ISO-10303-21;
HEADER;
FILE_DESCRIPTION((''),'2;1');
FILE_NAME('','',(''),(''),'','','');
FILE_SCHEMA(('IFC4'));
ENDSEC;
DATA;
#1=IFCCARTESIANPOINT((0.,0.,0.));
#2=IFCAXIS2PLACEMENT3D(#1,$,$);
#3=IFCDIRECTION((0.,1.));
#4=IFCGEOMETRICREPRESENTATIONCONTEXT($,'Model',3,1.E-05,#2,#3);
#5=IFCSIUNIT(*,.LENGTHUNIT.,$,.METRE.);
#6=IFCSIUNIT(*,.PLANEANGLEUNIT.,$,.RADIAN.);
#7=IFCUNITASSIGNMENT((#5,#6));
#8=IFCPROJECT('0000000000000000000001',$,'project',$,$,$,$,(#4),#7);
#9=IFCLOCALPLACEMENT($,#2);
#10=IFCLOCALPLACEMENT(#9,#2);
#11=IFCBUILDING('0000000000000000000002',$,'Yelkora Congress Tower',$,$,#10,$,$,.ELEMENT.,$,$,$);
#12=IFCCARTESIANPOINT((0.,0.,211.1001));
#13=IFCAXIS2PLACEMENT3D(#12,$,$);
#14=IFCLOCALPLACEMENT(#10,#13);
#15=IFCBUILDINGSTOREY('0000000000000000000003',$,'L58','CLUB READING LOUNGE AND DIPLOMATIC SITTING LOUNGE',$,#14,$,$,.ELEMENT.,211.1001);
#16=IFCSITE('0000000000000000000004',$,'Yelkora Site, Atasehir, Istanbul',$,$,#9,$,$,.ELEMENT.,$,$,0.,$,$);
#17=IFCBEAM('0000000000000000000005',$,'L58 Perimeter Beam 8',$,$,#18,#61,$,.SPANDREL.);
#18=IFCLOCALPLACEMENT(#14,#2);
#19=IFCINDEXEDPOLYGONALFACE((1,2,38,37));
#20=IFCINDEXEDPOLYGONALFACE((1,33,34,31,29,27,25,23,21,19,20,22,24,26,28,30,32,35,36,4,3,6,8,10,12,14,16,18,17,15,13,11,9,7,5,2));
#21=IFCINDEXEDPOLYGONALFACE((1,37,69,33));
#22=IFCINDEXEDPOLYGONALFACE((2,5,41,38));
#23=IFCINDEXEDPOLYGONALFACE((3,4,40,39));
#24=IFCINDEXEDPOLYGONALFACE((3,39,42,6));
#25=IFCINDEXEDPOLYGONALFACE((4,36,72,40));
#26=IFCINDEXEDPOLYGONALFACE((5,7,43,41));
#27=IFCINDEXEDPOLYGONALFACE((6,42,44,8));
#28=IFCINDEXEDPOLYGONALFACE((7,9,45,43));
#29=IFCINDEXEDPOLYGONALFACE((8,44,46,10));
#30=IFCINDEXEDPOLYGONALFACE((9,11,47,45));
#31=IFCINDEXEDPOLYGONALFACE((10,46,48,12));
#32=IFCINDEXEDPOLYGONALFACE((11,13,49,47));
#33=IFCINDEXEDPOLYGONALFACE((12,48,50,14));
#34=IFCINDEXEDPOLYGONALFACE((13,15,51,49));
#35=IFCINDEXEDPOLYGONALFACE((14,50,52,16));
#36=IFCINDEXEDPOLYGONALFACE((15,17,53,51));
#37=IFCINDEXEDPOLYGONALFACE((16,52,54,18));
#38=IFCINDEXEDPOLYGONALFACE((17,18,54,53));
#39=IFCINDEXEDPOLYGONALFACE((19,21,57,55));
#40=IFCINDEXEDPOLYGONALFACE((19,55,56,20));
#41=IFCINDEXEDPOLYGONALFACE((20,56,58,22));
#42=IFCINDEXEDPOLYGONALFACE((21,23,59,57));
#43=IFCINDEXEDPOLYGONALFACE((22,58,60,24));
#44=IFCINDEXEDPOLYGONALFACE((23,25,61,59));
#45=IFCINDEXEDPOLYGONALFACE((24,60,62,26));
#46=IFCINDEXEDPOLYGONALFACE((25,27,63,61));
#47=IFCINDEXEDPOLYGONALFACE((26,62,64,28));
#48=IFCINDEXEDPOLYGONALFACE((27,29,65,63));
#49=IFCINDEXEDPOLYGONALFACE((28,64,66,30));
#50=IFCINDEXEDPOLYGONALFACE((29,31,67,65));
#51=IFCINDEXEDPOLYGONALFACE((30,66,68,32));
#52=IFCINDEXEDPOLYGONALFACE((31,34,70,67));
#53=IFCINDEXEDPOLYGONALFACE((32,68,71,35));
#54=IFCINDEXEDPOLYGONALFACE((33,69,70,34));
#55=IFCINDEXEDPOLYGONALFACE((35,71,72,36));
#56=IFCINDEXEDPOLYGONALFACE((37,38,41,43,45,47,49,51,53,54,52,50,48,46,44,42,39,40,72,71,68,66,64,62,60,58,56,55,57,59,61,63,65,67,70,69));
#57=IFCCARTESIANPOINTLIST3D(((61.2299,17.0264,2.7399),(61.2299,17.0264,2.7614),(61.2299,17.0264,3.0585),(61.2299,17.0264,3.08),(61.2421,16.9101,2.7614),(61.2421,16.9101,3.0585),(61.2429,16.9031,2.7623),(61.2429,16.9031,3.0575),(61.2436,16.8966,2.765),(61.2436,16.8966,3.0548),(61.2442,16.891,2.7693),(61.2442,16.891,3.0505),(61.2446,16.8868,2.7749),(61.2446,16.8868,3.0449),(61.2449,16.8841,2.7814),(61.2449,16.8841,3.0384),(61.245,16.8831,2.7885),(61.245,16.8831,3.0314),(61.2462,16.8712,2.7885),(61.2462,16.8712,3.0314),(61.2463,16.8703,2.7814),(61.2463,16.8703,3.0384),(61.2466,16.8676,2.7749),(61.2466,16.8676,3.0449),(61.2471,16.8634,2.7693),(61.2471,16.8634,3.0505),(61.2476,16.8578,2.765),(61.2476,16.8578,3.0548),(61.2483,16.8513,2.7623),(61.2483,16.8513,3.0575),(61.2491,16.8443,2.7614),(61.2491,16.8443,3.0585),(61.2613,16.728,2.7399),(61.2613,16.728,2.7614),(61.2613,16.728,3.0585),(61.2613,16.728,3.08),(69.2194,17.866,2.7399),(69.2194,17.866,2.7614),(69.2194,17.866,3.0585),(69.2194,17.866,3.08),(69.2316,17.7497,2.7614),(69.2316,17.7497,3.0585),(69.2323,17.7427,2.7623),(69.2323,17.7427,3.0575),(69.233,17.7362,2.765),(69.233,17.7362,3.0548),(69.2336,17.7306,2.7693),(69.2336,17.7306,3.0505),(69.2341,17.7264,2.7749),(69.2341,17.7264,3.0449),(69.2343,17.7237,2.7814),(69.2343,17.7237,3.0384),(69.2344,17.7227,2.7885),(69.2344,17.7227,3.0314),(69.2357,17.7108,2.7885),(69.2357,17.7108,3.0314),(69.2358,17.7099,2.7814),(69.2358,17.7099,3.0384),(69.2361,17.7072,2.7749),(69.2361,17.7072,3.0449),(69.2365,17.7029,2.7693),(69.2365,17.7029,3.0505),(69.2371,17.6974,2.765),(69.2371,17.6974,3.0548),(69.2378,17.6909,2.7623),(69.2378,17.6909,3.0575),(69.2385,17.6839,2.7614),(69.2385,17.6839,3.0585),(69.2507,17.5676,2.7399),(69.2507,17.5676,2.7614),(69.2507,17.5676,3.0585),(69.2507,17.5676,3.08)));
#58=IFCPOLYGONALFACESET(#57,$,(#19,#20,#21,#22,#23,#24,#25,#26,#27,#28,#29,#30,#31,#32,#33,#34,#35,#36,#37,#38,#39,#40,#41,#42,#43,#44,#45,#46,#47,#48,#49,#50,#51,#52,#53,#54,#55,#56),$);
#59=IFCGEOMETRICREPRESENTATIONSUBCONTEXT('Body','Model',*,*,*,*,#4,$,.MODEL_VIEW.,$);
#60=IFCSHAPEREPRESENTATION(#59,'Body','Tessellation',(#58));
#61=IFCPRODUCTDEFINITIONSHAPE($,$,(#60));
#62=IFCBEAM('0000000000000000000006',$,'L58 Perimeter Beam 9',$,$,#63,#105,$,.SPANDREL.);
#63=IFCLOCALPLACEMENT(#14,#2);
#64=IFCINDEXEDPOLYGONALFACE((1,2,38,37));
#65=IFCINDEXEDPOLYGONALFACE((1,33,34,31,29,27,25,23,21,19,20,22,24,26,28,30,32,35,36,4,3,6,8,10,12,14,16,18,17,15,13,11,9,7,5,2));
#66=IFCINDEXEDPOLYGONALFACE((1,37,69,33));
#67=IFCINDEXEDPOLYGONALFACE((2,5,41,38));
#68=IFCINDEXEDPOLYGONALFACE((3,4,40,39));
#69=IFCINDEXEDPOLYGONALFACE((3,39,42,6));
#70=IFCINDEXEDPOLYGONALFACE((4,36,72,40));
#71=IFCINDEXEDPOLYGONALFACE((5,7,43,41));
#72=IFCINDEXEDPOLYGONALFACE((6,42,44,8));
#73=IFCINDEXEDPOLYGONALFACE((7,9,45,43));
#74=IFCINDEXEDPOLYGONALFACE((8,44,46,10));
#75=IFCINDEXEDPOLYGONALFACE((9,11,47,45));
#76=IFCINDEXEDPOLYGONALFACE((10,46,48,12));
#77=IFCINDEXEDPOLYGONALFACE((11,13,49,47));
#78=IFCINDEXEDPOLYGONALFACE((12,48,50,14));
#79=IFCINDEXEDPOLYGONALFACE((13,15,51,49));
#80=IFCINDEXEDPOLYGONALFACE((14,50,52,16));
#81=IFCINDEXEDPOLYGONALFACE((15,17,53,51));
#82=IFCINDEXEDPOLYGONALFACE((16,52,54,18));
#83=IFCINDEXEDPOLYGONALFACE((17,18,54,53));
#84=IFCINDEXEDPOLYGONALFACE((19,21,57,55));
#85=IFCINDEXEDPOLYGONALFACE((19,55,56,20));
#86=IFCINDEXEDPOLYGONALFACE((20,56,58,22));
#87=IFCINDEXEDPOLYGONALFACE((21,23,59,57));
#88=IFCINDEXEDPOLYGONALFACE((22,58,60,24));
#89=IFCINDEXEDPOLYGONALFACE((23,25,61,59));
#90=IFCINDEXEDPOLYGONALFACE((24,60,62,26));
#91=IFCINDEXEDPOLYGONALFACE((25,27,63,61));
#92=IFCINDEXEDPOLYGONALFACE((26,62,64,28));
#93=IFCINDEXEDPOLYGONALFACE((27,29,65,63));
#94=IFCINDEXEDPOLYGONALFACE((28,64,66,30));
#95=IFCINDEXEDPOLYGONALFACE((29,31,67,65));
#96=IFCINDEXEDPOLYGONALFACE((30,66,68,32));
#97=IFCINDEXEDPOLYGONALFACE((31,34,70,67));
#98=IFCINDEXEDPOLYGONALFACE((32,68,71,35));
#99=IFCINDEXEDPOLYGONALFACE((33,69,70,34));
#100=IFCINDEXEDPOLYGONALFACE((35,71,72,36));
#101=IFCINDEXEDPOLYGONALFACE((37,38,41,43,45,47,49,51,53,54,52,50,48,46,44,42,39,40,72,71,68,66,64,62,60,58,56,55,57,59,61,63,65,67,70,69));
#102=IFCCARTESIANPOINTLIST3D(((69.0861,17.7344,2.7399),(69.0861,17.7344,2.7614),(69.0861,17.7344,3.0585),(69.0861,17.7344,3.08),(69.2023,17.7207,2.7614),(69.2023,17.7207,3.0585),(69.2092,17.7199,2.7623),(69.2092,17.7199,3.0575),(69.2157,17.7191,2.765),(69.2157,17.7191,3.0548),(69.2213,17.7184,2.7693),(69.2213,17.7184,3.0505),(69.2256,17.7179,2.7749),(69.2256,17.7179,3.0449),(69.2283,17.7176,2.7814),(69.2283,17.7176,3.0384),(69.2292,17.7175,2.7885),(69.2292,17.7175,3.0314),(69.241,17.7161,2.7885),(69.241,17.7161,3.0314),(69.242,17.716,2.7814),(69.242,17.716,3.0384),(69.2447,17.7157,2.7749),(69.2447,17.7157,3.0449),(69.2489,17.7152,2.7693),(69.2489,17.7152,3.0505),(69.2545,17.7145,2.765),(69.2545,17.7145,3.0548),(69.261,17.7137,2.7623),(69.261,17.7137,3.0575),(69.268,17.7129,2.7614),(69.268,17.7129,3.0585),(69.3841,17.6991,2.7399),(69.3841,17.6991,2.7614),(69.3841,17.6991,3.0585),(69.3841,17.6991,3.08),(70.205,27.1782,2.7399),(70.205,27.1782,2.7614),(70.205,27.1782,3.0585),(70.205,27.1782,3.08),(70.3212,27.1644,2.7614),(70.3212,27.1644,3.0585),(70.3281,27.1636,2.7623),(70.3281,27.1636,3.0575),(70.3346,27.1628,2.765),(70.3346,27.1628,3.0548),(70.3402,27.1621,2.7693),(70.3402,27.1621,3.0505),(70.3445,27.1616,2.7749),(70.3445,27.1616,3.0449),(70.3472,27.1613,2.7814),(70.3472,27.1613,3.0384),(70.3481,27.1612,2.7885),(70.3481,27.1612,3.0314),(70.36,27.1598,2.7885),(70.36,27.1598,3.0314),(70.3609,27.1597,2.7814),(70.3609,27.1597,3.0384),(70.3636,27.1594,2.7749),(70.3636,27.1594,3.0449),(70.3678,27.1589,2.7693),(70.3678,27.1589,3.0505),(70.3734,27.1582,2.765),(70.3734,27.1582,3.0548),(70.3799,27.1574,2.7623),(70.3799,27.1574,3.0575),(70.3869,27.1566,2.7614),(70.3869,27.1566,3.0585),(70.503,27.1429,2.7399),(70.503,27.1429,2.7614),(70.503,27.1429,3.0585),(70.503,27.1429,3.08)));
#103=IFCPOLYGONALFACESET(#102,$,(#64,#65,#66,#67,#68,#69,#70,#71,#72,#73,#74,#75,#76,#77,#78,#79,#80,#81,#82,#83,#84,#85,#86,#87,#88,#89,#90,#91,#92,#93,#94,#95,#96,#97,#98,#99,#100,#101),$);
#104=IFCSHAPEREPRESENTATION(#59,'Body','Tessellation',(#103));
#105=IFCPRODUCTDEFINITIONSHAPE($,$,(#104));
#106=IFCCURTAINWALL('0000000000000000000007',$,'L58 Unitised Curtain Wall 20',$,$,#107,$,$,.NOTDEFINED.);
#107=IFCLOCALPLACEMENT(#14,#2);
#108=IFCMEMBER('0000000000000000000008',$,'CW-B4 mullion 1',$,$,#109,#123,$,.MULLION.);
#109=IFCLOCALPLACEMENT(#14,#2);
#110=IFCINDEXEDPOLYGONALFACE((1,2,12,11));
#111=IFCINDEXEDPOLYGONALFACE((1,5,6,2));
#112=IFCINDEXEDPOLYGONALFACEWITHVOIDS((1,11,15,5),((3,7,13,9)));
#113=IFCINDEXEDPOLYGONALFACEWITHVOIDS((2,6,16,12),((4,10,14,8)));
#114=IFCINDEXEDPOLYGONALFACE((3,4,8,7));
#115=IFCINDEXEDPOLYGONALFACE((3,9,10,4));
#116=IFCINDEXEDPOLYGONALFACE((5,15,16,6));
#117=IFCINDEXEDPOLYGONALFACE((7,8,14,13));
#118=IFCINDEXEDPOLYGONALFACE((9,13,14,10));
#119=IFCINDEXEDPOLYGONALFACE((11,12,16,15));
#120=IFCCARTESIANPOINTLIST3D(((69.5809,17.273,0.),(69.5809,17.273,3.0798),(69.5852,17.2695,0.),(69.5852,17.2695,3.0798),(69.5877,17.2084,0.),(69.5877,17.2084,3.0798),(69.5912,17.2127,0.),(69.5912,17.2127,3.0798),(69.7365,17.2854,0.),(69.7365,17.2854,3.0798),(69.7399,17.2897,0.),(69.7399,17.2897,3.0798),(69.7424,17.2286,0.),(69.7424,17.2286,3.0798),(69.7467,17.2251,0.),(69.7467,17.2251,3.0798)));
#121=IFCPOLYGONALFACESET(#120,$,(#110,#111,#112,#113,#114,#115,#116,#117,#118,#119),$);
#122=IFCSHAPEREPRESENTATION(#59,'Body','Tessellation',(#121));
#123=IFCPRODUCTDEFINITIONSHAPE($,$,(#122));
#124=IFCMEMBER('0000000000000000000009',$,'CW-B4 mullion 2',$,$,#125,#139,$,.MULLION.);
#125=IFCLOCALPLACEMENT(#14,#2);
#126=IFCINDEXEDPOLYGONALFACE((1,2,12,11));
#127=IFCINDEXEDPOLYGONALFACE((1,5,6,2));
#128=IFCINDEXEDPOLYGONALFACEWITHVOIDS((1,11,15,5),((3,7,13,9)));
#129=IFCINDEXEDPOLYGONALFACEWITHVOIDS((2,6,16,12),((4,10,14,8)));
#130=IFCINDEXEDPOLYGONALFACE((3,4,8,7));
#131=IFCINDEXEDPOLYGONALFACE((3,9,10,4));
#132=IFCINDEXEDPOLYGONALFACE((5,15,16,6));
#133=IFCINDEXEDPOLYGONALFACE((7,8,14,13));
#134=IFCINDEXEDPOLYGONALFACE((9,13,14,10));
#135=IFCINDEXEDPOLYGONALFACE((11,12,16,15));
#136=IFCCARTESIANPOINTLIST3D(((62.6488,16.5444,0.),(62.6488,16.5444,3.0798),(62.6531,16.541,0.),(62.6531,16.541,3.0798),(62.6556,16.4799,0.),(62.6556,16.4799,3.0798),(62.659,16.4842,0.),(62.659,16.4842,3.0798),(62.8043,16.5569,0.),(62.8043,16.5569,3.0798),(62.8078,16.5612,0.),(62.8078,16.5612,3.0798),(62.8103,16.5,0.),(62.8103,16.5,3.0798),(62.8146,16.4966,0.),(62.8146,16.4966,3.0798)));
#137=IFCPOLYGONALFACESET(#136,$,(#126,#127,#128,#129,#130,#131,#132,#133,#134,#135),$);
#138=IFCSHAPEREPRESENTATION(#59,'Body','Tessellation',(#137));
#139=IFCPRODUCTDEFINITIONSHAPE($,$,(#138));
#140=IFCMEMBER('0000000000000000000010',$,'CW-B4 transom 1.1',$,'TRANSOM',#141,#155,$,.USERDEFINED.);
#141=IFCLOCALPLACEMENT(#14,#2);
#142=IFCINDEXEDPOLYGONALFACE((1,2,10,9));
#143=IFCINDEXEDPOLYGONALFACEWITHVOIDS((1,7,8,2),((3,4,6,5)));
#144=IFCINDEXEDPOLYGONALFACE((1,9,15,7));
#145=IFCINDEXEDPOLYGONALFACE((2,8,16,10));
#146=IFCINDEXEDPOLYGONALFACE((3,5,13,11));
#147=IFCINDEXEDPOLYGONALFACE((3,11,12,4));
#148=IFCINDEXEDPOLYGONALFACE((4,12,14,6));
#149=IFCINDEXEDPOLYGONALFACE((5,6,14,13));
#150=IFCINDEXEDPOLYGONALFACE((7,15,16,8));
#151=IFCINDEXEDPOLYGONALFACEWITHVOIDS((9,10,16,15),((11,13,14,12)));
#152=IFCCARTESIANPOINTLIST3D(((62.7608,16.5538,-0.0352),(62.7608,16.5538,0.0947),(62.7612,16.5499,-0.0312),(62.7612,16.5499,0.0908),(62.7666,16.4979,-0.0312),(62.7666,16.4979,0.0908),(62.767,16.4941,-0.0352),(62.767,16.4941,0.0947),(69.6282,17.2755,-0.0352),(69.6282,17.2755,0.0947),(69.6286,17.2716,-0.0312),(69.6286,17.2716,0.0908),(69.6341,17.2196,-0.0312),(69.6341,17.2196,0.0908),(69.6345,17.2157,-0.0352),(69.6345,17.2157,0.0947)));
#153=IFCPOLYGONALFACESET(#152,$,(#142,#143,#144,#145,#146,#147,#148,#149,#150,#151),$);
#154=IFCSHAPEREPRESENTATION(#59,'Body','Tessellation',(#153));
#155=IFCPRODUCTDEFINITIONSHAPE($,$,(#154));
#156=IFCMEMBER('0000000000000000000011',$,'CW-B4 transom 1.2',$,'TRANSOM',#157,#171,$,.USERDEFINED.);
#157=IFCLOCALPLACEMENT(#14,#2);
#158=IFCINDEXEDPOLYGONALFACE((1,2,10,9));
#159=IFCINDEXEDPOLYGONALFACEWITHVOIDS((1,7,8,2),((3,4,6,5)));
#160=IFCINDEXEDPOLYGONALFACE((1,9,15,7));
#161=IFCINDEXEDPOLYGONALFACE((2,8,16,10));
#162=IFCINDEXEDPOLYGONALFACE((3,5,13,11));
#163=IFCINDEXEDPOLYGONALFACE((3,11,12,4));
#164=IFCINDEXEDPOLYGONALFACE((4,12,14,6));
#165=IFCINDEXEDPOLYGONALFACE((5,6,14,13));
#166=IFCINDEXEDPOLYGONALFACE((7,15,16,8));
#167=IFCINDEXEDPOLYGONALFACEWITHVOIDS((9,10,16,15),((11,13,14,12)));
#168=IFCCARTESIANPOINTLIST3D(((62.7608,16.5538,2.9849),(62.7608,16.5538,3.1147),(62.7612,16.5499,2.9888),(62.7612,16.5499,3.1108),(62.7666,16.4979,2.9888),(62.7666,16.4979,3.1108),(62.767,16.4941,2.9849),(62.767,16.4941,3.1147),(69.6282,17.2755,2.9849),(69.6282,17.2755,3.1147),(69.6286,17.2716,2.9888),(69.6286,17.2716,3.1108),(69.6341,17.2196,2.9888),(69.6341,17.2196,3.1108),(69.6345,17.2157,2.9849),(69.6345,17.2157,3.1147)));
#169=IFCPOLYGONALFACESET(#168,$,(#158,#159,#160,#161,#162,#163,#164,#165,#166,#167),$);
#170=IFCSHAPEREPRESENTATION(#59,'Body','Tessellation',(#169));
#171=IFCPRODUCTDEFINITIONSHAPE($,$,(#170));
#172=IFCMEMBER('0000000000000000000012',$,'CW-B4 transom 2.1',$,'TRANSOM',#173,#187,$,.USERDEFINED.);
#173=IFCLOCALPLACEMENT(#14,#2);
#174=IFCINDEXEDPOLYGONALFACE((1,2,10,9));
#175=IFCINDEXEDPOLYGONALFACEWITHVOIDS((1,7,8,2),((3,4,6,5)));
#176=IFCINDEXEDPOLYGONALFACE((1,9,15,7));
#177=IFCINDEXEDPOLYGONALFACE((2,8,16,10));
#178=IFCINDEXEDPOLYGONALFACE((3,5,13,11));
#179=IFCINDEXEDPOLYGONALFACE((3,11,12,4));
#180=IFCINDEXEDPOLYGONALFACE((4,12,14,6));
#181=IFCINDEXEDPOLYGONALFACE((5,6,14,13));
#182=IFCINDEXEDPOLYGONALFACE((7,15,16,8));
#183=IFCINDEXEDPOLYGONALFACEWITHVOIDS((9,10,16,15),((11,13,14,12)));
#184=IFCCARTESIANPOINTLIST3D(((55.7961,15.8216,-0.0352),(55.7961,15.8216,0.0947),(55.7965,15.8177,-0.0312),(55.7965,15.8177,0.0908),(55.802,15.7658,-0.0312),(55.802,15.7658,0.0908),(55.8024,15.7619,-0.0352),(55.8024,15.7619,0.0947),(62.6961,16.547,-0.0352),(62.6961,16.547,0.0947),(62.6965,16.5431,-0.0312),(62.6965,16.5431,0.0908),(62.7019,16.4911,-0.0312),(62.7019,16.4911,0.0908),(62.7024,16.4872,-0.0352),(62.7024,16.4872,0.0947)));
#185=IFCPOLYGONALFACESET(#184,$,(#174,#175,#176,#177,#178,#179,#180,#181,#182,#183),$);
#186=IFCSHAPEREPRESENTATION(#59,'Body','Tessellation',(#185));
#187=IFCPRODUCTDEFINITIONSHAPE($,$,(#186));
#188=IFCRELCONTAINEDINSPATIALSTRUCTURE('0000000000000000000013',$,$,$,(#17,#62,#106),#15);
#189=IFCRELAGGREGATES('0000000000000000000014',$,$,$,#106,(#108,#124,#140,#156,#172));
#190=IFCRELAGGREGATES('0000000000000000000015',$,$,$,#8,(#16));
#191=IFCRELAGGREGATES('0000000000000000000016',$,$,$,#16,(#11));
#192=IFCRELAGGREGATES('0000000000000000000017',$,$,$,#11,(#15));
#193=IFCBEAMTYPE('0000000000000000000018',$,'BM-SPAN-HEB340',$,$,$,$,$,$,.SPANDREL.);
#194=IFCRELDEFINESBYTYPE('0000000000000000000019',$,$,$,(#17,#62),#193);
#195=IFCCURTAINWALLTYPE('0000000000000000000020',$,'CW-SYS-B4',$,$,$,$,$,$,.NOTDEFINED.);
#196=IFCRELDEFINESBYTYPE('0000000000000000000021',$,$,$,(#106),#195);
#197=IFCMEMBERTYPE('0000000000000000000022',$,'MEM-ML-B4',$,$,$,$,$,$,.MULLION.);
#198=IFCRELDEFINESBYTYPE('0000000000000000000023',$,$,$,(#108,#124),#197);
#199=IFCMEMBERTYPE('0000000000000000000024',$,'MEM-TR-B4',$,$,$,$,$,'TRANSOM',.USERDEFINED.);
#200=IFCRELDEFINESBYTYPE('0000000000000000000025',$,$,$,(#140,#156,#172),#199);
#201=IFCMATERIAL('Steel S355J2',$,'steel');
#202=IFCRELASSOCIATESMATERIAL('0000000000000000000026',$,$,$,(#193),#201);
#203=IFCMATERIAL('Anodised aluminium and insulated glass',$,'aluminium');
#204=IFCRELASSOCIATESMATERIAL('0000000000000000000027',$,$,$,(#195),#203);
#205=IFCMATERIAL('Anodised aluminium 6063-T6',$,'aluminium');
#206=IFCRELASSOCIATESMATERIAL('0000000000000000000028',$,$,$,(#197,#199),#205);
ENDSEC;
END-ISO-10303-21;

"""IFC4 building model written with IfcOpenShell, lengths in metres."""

from ifc_helpers import new_model, si_unit, direction, frame, origin, origin_2d, place, context, subcontext, project, spatial, hollow_rectangle, i_section, extrude, material, material_profile, profile_set, type_object, element, aggregate, save


model = new_model("IFC4")

# Units and contexts
model_context = context("Model", 3, precision=1e-05, world=origin(), true_north=direction((0.0, 1.0)))
body_context = subcontext(model_context, "Body", "Model", "MODEL_VIEW")
ifc_project = project(units=[si_unit("LENGTHUNIT", "METRE"), si_unit("PLANEANGLEUNIT", "RADIAN")], contexts=[model_context])

# Site, building, storey
site_placement = place(None, origin())
site = spatial("IfcSite", under=ifc_project, at=site_placement, Name="Yelkora Site, Atasehir, Istanbul", CompositionType="ELEMENT", RefElevation=0.0)
building_placement = place(site_placement, origin())
building = spatial("IfcBuilding", under=site, at=building_placement, Name="Yelkora Congress Tower", CompositionType="ELEMENT")
storey_placement = place(building_placement, frame((0.0, 0.0, 211.1001)))
storey = spatial("IfcBuildingStorey", under=building, at=storey_placement, Name="L58", Description="CLUB READING LOUNGE AND DIPLOMATIC SITTING LOUNGE", CompositionType="ELEMENT", Elevation=211.1001)

# Shared definitions
ifc_material_1 = material(Name="Steel S355J2", Category="steel")

# Beams
ifc_material_profile_1 = material_profile(ifc_material_1, i_section(OverallWidth=0.3, OverallDepth=0.3401, WebThickness=0.012, FlangeThickness=0.0215, FilletRadius=0.0271, at=origin_2d()), Name="HEB 340")
ifc_profile_set_1 = profile_set([ifc_material_profile_1], Name="Steel S355J2")
beam_type_1 = type_object("IfcBeamType", Name="BM-SPAN-HEB340", PredefinedType="SPANDREL", material=ifc_profile_set_1)
beam_1_placement = place(storey_placement, frame((61.2456, 16.8772, 2.9099), z_axis=(0.994524, 0.104512, 0.0), x_axis=(-0.104512, 0.994524, 0.0)))
element("IfcBeam", 1, at=beam_1_placement, inside=storey, type_object=beam_type_1, Name="L58 Perimeter Beam 8", PredefinedType="SPANDREL", context=body_context, shape_type="SweptSolid", body=[
    extrude(i_section(OverallWidth=0.3, OverallDepth=0.3401, WebThickness=0.012, FlangeThickness=0.0215, FilletRadius=0.0271, at=origin_2d()), origin(), (0.0, 0.0, 1.0), 8.0334),
])
beam_2_placement = place(storey_placement, frame((69.2351, 17.7168, 2.9099), z_axis=(0.117659, 0.993054, 0.0), x_axis=(-0.993054, 0.117659, 0.0)))
element("IfcBeam", 2, at=beam_2_placement, inside=storey, type_object=beam_type_1, Name="L58 Perimeter Beam 9", PredefinedType="SPANDREL", context=body_context, shape_type="SweptSolid", body=[
    extrude(i_section(OverallWidth=0.3, OverallDepth=0.3401, WebThickness=0.012, FlangeThickness=0.0215, FilletRadius=0.0271, at=origin_2d()), origin(), (0.0, 0.0, 1.0), 9.5098),
])

# Curtain wall, members
ifc_material_2 = material(Name="Anodised aluminium and insulated glass", Category="aluminium")
curtain_wall_type = type_object("IfcCurtainWallType", Name="CW-SYS-B4", PredefinedType="NOTDEFINED", material=ifc_material_2)
curtain_wall_placement = place(storey_placement, origin())
curtain_wall = element("IfcCurtainWall", 3, at=curtain_wall_placement, inside=storey, type_object=curtain_wall_type, Name="L58 Unitised Curtain Wall 20", PredefinedType="NOTDEFINED")
ifc_material_3 = material(Name="Anodised aluminium 6063-T6", Category="aluminium")
ifc_material_profile_2 = material_profile(ifc_material_3, hollow_rectangle(XDim=0.0649, YDim=0.1599, WallThickness=0.0039, at=origin_2d()), Name="ALU 65x160x4")
ifc_profile_set_2 = profile_set([ifc_material_profile_2], Name="Anodised aluminium 6063-T6")
member_type_1 = type_object("IfcMemberType", Name="MEM-ML-B4", PredefinedType="MULLION", material=ifc_profile_set_2)
member_1_placement = place(storey_placement, frame((69.6638, 17.249, 0.0), z_axis=(0.0, 0.0, 1.0), x_axis=(0.104527, -0.994522, 0.0)))
member_1 = element("IfcMember", 4, at=member_1_placement, type_object=member_type_1, Name="CW-B4 mullion 1", PredefinedType="MULLION", context=body_context, shape_type="SweptSolid", body=[
    extrude(hollow_rectangle(XDim=0.0649, YDim=0.1599, WallThickness=0.0039, at=origin_2d()), origin(), (0.0, 0.0, 1.0), 3.0798),
])
member_2_placement = place(storey_placement, frame((62.7317, 16.5205, 0.0), z_axis=(0.0, 0.0, 1.0), x_axis=(0.104527, -0.994522, 0.0)))
member_2 = element("IfcMember", 5, at=member_2_placement, type_object=member_type_1, Name="CW-B4 mullion 2", PredefinedType="MULLION", context=body_context, shape_type="SweptSolid", body=[
    extrude(hollow_rectangle(XDim=0.0649, YDim=0.1599, WallThickness=0.0039, at=origin_2d()), origin(), (0.0, 0.0, 1.0), 3.0798),
])
ifc_material_profile_3 = material_profile(ifc_material_3, hollow_rectangle(XDim=0.0601, YDim=0.1299, WallThickness=0.0039, at=origin_2d()), Name="ALU 60x130x4")
ifc_profile_set_3 = profile_set([ifc_material_profile_3], Name="Anodised aluminium 6063-T6")
member_type_2 = type_object("IfcMemberType", Name="MEM-TR-B4", ElementType="TRANSOM", PredefinedType="USERDEFINED", material=ifc_profile_set_3)
member_3_placement = place(storey_placement, frame((69.6313, 17.2456, 0.0298), z_axis=(-0.994524, -0.104512, 0.0), x_axis=(0.104512, -0.994524, 0.0)))
member_3 = element("IfcMember", 6, at=member_3_placement, type_object=member_type_2, Name="CW-B4 transom 1.1", ObjectType="TRANSOM", PredefinedType="USERDEFINED", context=body_context, shape_type="SweptSolid", body=[
    extrude(hollow_rectangle(XDim=0.0601, YDim=0.1299, WallThickness=0.0039, at=origin_2d()), origin(), (0.0, 0.0, 1.0), 6.9053),
])
member_4_placement = place(storey_placement, frame((69.6313, 17.2456, 3.0498), z_axis=(-0.994524, -0.104512, 0.0), x_axis=(0.104512, -0.994524, 0.0)))
member_4 = element("IfcMember", 7, at=member_4_placement, type_object=member_type_2, Name="CW-B4 transom 1.2", ObjectType="TRANSOM", PredefinedType="USERDEFINED", context=body_context, shape_type="SweptSolid", body=[
    extrude(hollow_rectangle(XDim=0.0601, YDim=0.1299, WallThickness=0.0039, at=origin_2d()), origin(), (0.0, 0.0, 1.0), 6.9053),
])
member_5_placement = place(storey_placement, frame((62.6992, 16.5171, 0.0298), z_axis=(-0.99452, -0.104547, 0.0), x_axis=(0.104547, -0.99452, 0.0)))
member_5 = element("IfcMember", 8, at=member_5_placement, type_object=member_type_2, Name="CW-B4 transom 2.1", ObjectType="TRANSOM", PredefinedType="USERDEFINED", context=body_context, shape_type="SweptSolid", body=[
    extrude(hollow_rectangle(XDim=0.0601, YDim=0.1299, WallThickness=0.0039, at=origin_2d()), origin(), (0.0, 0.0, 1.0), 6.938),
])
aggregate(curtain_wall, [member_1, member_2, member_3, member_4, member_5])

save(model, "model.ifc")
